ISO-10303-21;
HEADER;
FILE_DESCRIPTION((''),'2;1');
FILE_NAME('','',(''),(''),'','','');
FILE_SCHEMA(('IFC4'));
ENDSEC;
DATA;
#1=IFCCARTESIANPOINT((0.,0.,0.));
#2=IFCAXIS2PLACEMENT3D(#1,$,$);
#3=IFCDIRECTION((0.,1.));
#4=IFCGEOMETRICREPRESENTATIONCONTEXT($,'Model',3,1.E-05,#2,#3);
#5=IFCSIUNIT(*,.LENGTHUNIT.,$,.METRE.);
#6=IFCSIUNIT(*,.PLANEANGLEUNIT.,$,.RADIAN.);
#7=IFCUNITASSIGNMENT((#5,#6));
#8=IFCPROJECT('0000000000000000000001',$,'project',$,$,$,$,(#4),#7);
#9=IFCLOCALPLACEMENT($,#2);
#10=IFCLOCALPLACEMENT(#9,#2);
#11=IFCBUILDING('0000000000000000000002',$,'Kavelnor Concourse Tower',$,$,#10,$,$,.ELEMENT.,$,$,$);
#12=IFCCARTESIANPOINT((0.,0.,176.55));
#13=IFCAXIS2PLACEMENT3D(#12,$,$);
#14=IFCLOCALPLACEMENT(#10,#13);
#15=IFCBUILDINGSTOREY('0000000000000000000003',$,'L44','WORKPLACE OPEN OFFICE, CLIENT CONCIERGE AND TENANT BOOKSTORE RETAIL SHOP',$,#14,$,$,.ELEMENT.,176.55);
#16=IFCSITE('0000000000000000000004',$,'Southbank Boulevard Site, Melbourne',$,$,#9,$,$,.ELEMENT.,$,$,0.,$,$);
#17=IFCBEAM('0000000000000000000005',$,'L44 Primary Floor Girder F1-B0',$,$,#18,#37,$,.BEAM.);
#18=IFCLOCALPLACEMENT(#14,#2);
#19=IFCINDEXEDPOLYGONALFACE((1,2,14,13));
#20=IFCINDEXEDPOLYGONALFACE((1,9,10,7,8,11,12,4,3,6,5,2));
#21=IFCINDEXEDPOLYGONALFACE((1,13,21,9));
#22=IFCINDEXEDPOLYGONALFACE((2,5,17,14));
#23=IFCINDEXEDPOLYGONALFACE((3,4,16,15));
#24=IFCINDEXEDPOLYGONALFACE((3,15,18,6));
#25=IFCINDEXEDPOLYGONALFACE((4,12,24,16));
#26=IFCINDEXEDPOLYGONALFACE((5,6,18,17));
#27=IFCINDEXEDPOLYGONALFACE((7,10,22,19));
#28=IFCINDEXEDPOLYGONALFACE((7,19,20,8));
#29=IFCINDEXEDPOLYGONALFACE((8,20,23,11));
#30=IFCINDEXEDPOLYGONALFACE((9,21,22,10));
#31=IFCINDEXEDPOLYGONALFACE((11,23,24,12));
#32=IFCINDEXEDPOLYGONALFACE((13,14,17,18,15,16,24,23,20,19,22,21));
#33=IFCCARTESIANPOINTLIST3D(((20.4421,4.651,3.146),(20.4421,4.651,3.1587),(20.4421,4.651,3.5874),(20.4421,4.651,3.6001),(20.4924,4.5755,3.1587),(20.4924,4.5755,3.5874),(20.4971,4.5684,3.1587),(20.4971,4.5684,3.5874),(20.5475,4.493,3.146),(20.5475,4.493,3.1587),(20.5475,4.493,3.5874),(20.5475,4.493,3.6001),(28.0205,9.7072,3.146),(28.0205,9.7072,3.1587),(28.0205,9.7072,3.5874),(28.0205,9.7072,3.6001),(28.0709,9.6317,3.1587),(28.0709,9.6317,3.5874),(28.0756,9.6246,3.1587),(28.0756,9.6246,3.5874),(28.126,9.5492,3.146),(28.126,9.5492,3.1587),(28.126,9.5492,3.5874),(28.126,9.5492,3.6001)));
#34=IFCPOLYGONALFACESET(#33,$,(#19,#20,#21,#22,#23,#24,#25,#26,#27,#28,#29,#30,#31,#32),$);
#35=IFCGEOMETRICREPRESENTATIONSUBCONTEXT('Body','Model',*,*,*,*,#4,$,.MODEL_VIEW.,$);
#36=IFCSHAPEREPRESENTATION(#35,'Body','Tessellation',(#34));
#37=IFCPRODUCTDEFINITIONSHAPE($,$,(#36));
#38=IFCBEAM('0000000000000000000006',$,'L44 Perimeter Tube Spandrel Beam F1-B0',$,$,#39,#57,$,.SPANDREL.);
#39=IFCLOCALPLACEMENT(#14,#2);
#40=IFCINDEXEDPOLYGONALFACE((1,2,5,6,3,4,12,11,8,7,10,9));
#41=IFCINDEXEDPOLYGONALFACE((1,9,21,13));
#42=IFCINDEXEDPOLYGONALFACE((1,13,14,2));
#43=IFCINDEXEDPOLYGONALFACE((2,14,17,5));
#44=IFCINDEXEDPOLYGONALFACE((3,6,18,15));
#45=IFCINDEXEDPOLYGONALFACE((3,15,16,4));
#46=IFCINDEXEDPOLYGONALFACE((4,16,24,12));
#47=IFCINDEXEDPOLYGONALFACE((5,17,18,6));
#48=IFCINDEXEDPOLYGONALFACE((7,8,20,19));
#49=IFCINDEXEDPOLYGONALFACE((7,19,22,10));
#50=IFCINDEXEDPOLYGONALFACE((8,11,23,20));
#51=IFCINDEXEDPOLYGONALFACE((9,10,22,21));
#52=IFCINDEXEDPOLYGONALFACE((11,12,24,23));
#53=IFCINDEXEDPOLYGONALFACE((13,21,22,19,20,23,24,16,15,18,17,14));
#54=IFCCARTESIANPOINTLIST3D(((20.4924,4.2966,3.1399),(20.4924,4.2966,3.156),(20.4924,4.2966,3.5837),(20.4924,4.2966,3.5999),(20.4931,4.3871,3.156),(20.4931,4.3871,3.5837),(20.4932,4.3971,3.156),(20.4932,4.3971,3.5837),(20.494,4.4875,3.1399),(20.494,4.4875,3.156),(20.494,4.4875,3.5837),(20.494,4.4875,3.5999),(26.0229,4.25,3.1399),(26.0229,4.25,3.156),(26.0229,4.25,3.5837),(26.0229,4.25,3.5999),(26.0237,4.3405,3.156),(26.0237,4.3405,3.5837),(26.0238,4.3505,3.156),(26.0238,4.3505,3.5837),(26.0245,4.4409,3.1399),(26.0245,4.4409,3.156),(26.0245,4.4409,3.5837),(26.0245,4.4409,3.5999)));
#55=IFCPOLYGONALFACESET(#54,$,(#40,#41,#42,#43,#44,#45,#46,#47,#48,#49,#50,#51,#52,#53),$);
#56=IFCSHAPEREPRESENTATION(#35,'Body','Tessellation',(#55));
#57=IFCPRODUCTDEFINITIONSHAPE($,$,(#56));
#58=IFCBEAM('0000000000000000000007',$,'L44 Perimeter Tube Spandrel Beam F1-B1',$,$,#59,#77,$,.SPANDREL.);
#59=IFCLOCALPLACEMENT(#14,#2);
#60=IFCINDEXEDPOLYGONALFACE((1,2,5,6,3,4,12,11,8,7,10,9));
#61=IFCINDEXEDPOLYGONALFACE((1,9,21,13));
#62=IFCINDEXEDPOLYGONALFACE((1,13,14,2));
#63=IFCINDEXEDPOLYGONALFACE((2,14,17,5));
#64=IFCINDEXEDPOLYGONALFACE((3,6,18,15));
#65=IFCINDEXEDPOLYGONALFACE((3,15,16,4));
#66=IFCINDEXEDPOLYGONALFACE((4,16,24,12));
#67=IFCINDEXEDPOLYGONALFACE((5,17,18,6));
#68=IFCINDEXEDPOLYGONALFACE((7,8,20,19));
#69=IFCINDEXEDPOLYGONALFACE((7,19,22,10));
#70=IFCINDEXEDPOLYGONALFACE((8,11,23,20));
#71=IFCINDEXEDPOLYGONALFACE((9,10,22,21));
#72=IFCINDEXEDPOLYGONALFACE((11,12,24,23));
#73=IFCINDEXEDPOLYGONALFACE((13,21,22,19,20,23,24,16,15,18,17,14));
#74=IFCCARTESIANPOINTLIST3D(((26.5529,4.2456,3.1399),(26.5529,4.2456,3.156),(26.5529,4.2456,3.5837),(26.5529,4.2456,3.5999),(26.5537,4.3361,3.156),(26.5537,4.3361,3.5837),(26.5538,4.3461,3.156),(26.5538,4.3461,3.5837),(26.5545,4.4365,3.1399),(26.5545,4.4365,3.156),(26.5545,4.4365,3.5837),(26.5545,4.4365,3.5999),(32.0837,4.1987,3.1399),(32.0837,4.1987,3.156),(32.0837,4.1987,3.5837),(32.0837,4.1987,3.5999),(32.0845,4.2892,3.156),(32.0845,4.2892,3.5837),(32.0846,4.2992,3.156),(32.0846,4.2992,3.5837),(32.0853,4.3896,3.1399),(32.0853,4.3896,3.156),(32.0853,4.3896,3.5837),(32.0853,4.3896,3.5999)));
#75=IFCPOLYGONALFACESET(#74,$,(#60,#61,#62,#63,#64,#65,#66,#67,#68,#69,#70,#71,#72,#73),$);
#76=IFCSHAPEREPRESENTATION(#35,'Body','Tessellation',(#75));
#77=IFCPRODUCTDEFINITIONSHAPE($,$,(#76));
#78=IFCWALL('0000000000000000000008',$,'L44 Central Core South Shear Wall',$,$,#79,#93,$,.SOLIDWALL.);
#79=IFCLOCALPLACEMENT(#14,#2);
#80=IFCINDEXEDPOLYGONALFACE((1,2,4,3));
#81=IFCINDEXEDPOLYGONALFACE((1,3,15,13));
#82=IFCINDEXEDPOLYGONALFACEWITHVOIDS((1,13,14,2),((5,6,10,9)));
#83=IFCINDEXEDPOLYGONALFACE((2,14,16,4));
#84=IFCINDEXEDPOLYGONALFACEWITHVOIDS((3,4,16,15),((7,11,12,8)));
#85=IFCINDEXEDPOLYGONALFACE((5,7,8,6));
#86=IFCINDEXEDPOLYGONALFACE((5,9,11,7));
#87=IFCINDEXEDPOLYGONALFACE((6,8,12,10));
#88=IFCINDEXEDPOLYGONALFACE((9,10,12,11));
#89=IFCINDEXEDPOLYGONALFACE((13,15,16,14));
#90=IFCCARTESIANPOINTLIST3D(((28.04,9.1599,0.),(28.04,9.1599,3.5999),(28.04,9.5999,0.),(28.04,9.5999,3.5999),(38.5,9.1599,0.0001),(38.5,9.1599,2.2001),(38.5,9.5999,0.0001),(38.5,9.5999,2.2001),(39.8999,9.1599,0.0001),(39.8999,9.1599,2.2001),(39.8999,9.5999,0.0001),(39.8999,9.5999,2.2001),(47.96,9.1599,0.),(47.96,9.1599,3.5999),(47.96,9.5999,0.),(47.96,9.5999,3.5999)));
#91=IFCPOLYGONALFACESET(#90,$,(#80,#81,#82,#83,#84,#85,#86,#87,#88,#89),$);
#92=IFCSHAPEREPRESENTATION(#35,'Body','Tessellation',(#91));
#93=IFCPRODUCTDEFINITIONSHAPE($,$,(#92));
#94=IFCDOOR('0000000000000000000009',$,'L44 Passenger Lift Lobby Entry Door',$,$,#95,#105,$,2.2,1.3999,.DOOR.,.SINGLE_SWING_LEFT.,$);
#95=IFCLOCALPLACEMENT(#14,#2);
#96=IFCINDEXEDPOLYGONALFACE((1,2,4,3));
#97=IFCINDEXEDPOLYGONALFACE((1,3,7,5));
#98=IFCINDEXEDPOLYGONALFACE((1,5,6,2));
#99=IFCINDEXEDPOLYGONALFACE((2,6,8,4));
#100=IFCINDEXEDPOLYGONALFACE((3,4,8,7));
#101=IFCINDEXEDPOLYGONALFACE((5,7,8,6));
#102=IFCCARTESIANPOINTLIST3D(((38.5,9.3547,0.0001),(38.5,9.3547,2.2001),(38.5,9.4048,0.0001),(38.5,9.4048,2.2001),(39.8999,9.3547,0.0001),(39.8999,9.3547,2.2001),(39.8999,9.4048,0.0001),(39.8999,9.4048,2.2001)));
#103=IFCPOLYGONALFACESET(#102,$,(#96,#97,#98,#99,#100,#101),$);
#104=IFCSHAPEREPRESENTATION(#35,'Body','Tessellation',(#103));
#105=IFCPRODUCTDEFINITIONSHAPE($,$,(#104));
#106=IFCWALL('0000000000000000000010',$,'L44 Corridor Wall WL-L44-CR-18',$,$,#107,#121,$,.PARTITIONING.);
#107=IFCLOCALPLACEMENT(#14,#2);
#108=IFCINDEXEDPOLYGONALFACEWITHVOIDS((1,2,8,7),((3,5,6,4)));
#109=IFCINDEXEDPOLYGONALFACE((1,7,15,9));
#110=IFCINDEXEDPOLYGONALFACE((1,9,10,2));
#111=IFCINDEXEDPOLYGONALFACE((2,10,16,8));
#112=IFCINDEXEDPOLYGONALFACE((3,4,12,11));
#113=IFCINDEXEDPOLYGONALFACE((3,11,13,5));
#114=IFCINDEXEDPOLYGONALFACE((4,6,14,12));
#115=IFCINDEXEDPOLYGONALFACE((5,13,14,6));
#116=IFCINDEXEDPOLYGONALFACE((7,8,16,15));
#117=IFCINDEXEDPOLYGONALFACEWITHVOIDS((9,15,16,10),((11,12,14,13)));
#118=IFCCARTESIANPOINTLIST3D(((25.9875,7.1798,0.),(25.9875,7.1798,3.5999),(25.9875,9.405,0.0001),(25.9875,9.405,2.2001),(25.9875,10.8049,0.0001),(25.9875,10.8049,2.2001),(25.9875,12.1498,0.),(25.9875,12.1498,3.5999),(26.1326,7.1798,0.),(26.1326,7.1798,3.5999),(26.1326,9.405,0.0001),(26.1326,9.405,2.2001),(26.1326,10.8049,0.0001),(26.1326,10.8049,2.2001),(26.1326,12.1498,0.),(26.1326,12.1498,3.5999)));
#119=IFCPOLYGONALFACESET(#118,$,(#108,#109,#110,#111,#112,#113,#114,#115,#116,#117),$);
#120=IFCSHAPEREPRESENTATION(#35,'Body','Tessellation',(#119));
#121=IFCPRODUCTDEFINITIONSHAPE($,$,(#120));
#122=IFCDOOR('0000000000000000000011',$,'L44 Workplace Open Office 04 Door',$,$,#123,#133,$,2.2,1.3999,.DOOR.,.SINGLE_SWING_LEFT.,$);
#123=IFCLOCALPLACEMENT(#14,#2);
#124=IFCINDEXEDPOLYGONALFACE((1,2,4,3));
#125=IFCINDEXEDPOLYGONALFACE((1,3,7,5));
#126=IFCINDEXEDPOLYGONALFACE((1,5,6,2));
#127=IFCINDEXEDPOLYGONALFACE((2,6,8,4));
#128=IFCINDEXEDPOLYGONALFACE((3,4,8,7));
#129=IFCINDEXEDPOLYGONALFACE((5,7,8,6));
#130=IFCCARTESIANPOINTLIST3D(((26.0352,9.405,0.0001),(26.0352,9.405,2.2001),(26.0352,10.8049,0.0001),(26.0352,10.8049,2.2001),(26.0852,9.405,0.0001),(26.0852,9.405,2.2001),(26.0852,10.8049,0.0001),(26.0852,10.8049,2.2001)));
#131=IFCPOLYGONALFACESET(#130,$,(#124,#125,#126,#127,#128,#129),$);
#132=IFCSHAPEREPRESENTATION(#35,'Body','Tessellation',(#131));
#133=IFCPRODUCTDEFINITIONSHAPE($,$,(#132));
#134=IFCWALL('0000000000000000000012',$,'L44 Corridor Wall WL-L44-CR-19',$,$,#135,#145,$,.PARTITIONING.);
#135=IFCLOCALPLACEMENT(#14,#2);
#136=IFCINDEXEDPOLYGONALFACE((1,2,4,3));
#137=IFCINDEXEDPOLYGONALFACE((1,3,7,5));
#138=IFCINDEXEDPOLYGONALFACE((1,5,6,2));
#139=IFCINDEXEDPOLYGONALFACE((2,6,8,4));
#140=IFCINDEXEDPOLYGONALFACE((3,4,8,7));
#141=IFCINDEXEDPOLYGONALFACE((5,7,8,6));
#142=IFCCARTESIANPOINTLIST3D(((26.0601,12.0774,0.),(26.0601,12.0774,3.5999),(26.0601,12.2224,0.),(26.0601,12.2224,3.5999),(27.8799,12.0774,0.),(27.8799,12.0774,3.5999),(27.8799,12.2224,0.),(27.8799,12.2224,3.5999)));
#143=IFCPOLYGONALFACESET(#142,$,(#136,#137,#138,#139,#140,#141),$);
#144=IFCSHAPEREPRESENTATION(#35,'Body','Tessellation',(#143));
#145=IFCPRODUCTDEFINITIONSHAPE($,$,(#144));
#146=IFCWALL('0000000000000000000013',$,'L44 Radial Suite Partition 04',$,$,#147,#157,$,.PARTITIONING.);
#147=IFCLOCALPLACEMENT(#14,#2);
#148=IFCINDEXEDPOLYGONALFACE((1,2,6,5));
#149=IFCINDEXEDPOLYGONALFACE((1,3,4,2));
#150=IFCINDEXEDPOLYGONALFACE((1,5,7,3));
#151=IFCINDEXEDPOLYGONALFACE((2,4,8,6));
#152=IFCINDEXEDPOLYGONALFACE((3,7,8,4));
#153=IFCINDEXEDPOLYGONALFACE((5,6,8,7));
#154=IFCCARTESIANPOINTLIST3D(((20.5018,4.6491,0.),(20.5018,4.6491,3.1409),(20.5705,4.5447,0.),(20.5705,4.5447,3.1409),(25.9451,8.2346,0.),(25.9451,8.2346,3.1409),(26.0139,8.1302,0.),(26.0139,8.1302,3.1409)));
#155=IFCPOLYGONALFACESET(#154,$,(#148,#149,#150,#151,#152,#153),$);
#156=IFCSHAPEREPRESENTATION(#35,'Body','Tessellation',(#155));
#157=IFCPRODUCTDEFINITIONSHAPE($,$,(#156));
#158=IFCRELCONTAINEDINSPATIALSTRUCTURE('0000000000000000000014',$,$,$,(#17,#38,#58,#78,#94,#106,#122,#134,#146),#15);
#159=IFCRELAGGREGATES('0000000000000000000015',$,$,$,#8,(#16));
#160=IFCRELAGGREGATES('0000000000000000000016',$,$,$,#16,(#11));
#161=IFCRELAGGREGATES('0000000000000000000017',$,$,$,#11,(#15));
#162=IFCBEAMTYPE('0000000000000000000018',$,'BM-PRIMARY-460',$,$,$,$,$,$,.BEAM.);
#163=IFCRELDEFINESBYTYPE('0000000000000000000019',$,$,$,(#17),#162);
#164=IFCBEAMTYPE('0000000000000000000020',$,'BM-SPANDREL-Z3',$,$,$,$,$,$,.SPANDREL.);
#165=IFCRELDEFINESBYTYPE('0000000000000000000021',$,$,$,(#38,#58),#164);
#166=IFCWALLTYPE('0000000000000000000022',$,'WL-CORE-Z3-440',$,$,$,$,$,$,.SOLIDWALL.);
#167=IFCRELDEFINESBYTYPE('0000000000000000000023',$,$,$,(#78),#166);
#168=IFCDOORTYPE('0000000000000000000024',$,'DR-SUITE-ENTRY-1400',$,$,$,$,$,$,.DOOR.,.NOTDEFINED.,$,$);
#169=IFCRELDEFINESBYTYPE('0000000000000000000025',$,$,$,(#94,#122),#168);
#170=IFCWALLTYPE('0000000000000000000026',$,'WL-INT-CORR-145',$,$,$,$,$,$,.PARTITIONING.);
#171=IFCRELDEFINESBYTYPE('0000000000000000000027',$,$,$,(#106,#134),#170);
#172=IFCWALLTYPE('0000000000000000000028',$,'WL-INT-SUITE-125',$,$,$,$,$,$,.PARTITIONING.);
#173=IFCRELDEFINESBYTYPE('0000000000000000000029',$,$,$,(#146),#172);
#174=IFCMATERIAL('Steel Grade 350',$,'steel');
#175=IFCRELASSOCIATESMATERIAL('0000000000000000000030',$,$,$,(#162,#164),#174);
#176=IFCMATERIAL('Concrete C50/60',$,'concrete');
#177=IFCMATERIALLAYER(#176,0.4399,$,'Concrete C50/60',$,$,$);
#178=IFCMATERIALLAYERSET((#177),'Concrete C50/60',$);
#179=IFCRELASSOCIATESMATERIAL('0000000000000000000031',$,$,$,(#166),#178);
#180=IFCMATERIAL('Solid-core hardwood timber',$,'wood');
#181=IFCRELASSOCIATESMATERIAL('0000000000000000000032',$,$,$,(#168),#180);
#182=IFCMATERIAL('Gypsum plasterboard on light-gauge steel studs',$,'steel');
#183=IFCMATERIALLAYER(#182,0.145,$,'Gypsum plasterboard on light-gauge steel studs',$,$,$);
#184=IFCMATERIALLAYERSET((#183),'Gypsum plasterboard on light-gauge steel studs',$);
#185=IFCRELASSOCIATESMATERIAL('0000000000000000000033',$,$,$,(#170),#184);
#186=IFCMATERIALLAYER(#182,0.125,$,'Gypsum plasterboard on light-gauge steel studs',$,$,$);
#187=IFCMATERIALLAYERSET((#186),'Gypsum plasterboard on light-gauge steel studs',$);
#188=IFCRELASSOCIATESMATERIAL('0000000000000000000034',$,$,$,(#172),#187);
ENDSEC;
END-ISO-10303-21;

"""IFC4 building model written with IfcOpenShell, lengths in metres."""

from ifc_helpers import new_model, si_unit, direction, frame, frame_2d, origin, origin_2d, place, context, subcontext, project, spatial, rectangle, i_section, extrude, material, layer, layer_set, material_profile, profile_set, type_object, element, fill, save


model = new_model("IFC4")

# Units and contexts
model_context = context("Model", 3, precision=1e-05, world=origin(), true_north=direction((0.0, 1.0)))
body_context = subcontext(model_context, "Body", "Model", "MODEL_VIEW")
ifc_project = project(units=[si_unit("LENGTHUNIT", "METRE"), si_unit("PLANEANGLEUNIT", "RADIAN")], contexts=[model_context])

# Site, building, storey
site_placement = place(None, origin())
site = spatial("IfcSite", under=ifc_project, at=site_placement, Name="Southbank Boulevard Site, Melbourne", CompositionType="ELEMENT", RefElevation=0.0)
building_placement = place(site_placement, origin())
building = spatial("IfcBuilding", under=site, at=building_placement, Name="Kavelnor Concourse Tower", CompositionType="ELEMENT")
storey_placement = place(building_placement, frame((0.0, 0.0, 176.55)))
storey = spatial("IfcBuildingStorey", under=building, at=storey_placement, Name="L44", Description="WORKPLACE OPEN OFFICE, CLIENT CONCIERGE AND TENANT BOOKSTORE RETAIL SHOP", CompositionType="ELEMENT", Elevation=176.55)

# Shared definitions
ifc_material_1 = material(Name="Steel Grade 350", Category="steel")

# Beams
ifc_material_profile_1 = material_profile(ifc_material_1, i_section(OverallWidth=0.1899, OverallDepth=0.4541, WebThickness=0.0085, FlangeThickness=0.0127, at=origin_2d()), Name="460UB67")
ifc_profile_set_1 = profile_set([ifc_material_profile_1], Name="Steel Grade 350")
beam_type_1 = type_object("IfcBeamType", Name="BM-PRIMARY-460", PredefinedType="BEAM", material=ifc_profile_set_1)
beam_1_placement = place(storey_placement, frame((28.0732, 9.6282, 3.373), z_axis=(-0.831852, -0.554997, 0.0), x_axis=(0.554997, -0.831852, 0.0)))
element("IfcBeam", 1, at=beam_1_placement, inside=storey, type_object=beam_type_1, Name="L44 Primary Floor Girder F1-B0", PredefinedType="BEAM", context=body_context, shape_type="SweptSolid", body=[
    extrude(i_section(OverallWidth=0.1899, OverallDepth=0.4541, WebThickness=0.0085, FlangeThickness=0.0127, at=origin_2d()), origin(), (0.0, 0.0, 1.0), 9.1104),
])
ifc_material_profile_2 = material_profile(ifc_material_1, i_section(OverallWidth=0.1909, OverallDepth=0.46, WebThickness=0.01, FlangeThickness=0.0161, at=origin_2d()), Name="460UB82")
ifc_profile_set_2 = profile_set([ifc_material_profile_2], Name="Steel Grade 350")
beam_type_2 = type_object("IfcBeamType", Name="BM-SPANDREL-Z3", PredefinedType="SPANDREL", material=ifc_profile_set_2)
beam_2_placement = place(storey_placement, frame((20.4932, 4.3921, 3.3699), z_axis=(0.999964, -0.008431, 0.0), x_axis=(0.008431, 0.999964, 0.0)))
element("IfcBeam", 2, at=beam_2_placement, inside=storey, type_object=beam_type_2, Name="L44 Perimeter Tube Spandrel Beam F1-B0", PredefinedType="SPANDREL", context=body_context, shape_type="SweptSolid", body=[
    extrude(i_section(OverallWidth=0.1909, OverallDepth=0.46, WebThickness=0.01, FlangeThickness=0.0161, at=origin_2d()), origin(), (0.0, 0.0, 1.0), 5.5308),
])
beam_3_placement = place(storey_placement, frame((26.5537, 4.3411, 3.3699), z_axis=(0.999964, -0.008475, 0.0), x_axis=(0.008475, 0.999964, 0.0)))
element("IfcBeam", 3, at=beam_3_placement, inside=storey, type_object=beam_type_2, Name="L44 Perimeter Tube Spandrel Beam F1-B1", PredefinedType="SPANDREL", context=body_context, shape_type="SweptSolid", body=[
    extrude(i_section(OverallWidth=0.1909, OverallDepth=0.46, WebThickness=0.01, FlangeThickness=0.0161, at=origin_2d()), origin(), (0.0, 0.0, 1.0), 5.531),
])

# Walls, openings, doors
ifc_material_2 = material(Name="Concrete C50/60", Category="concrete")
ifc_layer_1 = layer(ifc_material_2, 0.4399, Name="Concrete C50/60")
ifc_layer_set_1 = layer_set([ifc_layer_1], Name="Concrete C50/60")
wall_type_1 = type_object("IfcWallType", Name="WL-CORE-Z3-440", PredefinedType="SOLIDWALL", material=ifc_layer_set_1)
wall_1_placement = place(storey_placement, frame((28.04, 9.3799, 0.0), z_axis=(0.0, 0.0, 1.0), x_axis=(1.0, 0.0, 0.0)))
wall_1 = element("IfcWall", 4, at=wall_1_placement, inside=storey, type_object=wall_type_1, Name="L44 Central Core South Shear Wall", PredefinedType="SOLIDWALL", context=body_context, shape_type="SweptSolid", body=[
    extrude(rectangle(XDim=19.9199, YDim=0.4399, at=frame_2d((9.96, 0.0))), origin(), (0.0, 0.0, 1.0), 3.5999),
])
opening_1_placement = place(wall_1_placement, frame((10.46, 0.0, 0.0)))
opening_1 = element("IfcOpeningElement", 5, at=opening_1_placement, cuts=wall_1, PredefinedType="OPENING", context=body_context, shape_type="SweptSolid", body=[
    extrude(rectangle(XDim=1.3999, YDim=2.2, at=frame_2d((0.7, 1.1001))), frame((0.0, 0.23, 0.0), z_axis=(0.0, -1.0, 0.0), x_axis=(1.0, 0.0, 0.0)), (0.0, 0.0, 1.0), 0.46),
])
ifc_material_3 = material(Name="Solid-core hardwood timber", Category="wood")
door_type = type_object("IfcDoorType", Name="DR-SUITE-ENTRY-1400", OperationType="NOTDEFINED", PredefinedType="DOOR", material=ifc_material_3)
door_1_placement = place(opening_1_placement, origin())
door_1 = element("IfcDoor", 6, at=door_1_placement, inside=storey, type_object=door_type, Name="L44 Passenger Lift Lobby Entry Door", OperationType="SINGLE_SWING_LEFT", OverallHeight=2.2, OverallWidth=1.3999, PredefinedType="DOOR", context=body_context, shape_type="SweptSolid", body=[
    extrude(rectangle(XDim=1.3999, YDim=2.2, at=frame_2d((0.7, 1.1001))), frame((0.0, 0.0249, 0.0), z_axis=(0.0, -1.0, 0.0), x_axis=(1.0, 0.0, 0.0)), (0.0, 0.0, 1.0), 0.05),
])
fill(opening_1, door_1)
ifc_material_4 = material(Name="Gypsum plasterboard on light-gauge steel studs", Category="steel")
ifc_layer_2 = layer(ifc_material_4, 0.145, Name="Gypsum plasterboard on light-gauge steel studs")
ifc_layer_set_2 = layer_set([ifc_layer_2], Name="Gypsum plasterboard on light-gauge steel studs")
wall_type_2 = type_object("IfcWallType", Name="WL-INT-CORR-145", PredefinedType="PARTITIONING", material=ifc_layer_set_2)
wall_2_placement = place(storey_placement, frame((26.0601, 7.1799, 0.0), z_axis=(0.0, 0.0, 1.0), x_axis=(0.0, 1.0, 0.0)))
wall_2 = element("IfcWall", 7, at=wall_2_placement, inside=storey, type_object=wall_type_2, Name="L44 Corridor Wall WL-L44-CR-18", PredefinedType="PARTITIONING", context=body_context, shape_type="SweptSolid", body=[
    extrude(rectangle(XDim=4.97, YDim=0.145, at=frame_2d((2.4849, 0.0))), origin(), (0.0, 0.0, 1.0), 3.5999),
])
opening_2_placement = place(wall_2_placement, frame((2.2251, 0.0, 0.0)))
opening_2 = element("IfcOpeningElement", 8, at=opening_2_placement, cuts=wall_2, PredefinedType="OPENING", context=body_context, shape_type="SweptSolid", body=[
    extrude(rectangle(XDim=1.3999, YDim=2.2, at=frame_2d((0.7, 1.1001))), frame((0.0, 0.0825, 0.0), z_axis=(0.0, -1.0, 0.0), x_axis=(1.0, 0.0, 0.0)), (0.0, 0.0, 1.0), 0.165),
])
door_2_placement = place(opening_2_placement, origin())
door_2 = element("IfcDoor", 9, at=door_2_placement, inside=storey, type_object=door_type, Name="L44 Workplace Open Office 04 Door", OperationType="SINGLE_SWING_LEFT", OverallHeight=2.2, OverallWidth=1.3999, PredefinedType="DOOR", context=body_context, shape_type="SweptSolid", body=[
    extrude(rectangle(XDim=1.3999, YDim=2.2, at=frame_2d((0.7, 1.1001))), frame((0.0, 0.0249, 0.0), z_axis=(0.0, -1.0, 0.0), x_axis=(1.0, 0.0, 0.0)), (0.0, 0.0, 1.0), 0.05),
])
fill(opening_2, door_2)

# Walls
wall_3_placement = place(storey_placement, frame((26.0601, 12.1499, 0.0), z_axis=(0.0, 0.0, 1.0), x_axis=(1.0, 0.0, 0.0)))
element("IfcWall", 10, at=wall_3_placement, inside=storey, type_object=wall_type_2, Name="L44 Corridor Wall WL-L44-CR-19", PredefinedType="PARTITIONING", context=body_context, shape_type="SweptSolid", body=[
    extrude(rectangle(XDim=1.8198, YDim=0.145, at=frame_2d((0.9099, 0.0))), origin(), (0.0, 0.0, 1.0), 3.5999),
])
ifc_layer_3 = layer(ifc_material_4, 0.125, Name="Gypsum plasterboard on light-gauge steel studs")
ifc_layer_set_3 = layer_set([ifc_layer_3], Name="Gypsum plasterboard on light-gauge steel studs")
wall_type_3 = type_object("IfcWallType", Name="WL-INT-SUITE-125", PredefinedType="PARTITIONING", material=ifc_layer_set_3)
wall_4_placement = place(storey_placement, frame((25.9795, 8.1824, 0.0), z_axis=(0.0, 0.0, 1.0), x_axis=(-0.835115, -0.550076, 0.0)))
element("IfcWall", 11, at=wall_4_placement, inside=storey, type_object=wall_type_3, Name="L44 Radial Suite Partition 04", PredefinedType="PARTITIONING", context=body_context, shape_type="SweptSolid", body=[
    extrude(rectangle(XDim=6.5181, YDim=0.125, at=frame_2d((3.259, 0.0))), origin(), (0.0, 0.0, 1.0), 3.1409),
])

save(model, "model.ifc")
